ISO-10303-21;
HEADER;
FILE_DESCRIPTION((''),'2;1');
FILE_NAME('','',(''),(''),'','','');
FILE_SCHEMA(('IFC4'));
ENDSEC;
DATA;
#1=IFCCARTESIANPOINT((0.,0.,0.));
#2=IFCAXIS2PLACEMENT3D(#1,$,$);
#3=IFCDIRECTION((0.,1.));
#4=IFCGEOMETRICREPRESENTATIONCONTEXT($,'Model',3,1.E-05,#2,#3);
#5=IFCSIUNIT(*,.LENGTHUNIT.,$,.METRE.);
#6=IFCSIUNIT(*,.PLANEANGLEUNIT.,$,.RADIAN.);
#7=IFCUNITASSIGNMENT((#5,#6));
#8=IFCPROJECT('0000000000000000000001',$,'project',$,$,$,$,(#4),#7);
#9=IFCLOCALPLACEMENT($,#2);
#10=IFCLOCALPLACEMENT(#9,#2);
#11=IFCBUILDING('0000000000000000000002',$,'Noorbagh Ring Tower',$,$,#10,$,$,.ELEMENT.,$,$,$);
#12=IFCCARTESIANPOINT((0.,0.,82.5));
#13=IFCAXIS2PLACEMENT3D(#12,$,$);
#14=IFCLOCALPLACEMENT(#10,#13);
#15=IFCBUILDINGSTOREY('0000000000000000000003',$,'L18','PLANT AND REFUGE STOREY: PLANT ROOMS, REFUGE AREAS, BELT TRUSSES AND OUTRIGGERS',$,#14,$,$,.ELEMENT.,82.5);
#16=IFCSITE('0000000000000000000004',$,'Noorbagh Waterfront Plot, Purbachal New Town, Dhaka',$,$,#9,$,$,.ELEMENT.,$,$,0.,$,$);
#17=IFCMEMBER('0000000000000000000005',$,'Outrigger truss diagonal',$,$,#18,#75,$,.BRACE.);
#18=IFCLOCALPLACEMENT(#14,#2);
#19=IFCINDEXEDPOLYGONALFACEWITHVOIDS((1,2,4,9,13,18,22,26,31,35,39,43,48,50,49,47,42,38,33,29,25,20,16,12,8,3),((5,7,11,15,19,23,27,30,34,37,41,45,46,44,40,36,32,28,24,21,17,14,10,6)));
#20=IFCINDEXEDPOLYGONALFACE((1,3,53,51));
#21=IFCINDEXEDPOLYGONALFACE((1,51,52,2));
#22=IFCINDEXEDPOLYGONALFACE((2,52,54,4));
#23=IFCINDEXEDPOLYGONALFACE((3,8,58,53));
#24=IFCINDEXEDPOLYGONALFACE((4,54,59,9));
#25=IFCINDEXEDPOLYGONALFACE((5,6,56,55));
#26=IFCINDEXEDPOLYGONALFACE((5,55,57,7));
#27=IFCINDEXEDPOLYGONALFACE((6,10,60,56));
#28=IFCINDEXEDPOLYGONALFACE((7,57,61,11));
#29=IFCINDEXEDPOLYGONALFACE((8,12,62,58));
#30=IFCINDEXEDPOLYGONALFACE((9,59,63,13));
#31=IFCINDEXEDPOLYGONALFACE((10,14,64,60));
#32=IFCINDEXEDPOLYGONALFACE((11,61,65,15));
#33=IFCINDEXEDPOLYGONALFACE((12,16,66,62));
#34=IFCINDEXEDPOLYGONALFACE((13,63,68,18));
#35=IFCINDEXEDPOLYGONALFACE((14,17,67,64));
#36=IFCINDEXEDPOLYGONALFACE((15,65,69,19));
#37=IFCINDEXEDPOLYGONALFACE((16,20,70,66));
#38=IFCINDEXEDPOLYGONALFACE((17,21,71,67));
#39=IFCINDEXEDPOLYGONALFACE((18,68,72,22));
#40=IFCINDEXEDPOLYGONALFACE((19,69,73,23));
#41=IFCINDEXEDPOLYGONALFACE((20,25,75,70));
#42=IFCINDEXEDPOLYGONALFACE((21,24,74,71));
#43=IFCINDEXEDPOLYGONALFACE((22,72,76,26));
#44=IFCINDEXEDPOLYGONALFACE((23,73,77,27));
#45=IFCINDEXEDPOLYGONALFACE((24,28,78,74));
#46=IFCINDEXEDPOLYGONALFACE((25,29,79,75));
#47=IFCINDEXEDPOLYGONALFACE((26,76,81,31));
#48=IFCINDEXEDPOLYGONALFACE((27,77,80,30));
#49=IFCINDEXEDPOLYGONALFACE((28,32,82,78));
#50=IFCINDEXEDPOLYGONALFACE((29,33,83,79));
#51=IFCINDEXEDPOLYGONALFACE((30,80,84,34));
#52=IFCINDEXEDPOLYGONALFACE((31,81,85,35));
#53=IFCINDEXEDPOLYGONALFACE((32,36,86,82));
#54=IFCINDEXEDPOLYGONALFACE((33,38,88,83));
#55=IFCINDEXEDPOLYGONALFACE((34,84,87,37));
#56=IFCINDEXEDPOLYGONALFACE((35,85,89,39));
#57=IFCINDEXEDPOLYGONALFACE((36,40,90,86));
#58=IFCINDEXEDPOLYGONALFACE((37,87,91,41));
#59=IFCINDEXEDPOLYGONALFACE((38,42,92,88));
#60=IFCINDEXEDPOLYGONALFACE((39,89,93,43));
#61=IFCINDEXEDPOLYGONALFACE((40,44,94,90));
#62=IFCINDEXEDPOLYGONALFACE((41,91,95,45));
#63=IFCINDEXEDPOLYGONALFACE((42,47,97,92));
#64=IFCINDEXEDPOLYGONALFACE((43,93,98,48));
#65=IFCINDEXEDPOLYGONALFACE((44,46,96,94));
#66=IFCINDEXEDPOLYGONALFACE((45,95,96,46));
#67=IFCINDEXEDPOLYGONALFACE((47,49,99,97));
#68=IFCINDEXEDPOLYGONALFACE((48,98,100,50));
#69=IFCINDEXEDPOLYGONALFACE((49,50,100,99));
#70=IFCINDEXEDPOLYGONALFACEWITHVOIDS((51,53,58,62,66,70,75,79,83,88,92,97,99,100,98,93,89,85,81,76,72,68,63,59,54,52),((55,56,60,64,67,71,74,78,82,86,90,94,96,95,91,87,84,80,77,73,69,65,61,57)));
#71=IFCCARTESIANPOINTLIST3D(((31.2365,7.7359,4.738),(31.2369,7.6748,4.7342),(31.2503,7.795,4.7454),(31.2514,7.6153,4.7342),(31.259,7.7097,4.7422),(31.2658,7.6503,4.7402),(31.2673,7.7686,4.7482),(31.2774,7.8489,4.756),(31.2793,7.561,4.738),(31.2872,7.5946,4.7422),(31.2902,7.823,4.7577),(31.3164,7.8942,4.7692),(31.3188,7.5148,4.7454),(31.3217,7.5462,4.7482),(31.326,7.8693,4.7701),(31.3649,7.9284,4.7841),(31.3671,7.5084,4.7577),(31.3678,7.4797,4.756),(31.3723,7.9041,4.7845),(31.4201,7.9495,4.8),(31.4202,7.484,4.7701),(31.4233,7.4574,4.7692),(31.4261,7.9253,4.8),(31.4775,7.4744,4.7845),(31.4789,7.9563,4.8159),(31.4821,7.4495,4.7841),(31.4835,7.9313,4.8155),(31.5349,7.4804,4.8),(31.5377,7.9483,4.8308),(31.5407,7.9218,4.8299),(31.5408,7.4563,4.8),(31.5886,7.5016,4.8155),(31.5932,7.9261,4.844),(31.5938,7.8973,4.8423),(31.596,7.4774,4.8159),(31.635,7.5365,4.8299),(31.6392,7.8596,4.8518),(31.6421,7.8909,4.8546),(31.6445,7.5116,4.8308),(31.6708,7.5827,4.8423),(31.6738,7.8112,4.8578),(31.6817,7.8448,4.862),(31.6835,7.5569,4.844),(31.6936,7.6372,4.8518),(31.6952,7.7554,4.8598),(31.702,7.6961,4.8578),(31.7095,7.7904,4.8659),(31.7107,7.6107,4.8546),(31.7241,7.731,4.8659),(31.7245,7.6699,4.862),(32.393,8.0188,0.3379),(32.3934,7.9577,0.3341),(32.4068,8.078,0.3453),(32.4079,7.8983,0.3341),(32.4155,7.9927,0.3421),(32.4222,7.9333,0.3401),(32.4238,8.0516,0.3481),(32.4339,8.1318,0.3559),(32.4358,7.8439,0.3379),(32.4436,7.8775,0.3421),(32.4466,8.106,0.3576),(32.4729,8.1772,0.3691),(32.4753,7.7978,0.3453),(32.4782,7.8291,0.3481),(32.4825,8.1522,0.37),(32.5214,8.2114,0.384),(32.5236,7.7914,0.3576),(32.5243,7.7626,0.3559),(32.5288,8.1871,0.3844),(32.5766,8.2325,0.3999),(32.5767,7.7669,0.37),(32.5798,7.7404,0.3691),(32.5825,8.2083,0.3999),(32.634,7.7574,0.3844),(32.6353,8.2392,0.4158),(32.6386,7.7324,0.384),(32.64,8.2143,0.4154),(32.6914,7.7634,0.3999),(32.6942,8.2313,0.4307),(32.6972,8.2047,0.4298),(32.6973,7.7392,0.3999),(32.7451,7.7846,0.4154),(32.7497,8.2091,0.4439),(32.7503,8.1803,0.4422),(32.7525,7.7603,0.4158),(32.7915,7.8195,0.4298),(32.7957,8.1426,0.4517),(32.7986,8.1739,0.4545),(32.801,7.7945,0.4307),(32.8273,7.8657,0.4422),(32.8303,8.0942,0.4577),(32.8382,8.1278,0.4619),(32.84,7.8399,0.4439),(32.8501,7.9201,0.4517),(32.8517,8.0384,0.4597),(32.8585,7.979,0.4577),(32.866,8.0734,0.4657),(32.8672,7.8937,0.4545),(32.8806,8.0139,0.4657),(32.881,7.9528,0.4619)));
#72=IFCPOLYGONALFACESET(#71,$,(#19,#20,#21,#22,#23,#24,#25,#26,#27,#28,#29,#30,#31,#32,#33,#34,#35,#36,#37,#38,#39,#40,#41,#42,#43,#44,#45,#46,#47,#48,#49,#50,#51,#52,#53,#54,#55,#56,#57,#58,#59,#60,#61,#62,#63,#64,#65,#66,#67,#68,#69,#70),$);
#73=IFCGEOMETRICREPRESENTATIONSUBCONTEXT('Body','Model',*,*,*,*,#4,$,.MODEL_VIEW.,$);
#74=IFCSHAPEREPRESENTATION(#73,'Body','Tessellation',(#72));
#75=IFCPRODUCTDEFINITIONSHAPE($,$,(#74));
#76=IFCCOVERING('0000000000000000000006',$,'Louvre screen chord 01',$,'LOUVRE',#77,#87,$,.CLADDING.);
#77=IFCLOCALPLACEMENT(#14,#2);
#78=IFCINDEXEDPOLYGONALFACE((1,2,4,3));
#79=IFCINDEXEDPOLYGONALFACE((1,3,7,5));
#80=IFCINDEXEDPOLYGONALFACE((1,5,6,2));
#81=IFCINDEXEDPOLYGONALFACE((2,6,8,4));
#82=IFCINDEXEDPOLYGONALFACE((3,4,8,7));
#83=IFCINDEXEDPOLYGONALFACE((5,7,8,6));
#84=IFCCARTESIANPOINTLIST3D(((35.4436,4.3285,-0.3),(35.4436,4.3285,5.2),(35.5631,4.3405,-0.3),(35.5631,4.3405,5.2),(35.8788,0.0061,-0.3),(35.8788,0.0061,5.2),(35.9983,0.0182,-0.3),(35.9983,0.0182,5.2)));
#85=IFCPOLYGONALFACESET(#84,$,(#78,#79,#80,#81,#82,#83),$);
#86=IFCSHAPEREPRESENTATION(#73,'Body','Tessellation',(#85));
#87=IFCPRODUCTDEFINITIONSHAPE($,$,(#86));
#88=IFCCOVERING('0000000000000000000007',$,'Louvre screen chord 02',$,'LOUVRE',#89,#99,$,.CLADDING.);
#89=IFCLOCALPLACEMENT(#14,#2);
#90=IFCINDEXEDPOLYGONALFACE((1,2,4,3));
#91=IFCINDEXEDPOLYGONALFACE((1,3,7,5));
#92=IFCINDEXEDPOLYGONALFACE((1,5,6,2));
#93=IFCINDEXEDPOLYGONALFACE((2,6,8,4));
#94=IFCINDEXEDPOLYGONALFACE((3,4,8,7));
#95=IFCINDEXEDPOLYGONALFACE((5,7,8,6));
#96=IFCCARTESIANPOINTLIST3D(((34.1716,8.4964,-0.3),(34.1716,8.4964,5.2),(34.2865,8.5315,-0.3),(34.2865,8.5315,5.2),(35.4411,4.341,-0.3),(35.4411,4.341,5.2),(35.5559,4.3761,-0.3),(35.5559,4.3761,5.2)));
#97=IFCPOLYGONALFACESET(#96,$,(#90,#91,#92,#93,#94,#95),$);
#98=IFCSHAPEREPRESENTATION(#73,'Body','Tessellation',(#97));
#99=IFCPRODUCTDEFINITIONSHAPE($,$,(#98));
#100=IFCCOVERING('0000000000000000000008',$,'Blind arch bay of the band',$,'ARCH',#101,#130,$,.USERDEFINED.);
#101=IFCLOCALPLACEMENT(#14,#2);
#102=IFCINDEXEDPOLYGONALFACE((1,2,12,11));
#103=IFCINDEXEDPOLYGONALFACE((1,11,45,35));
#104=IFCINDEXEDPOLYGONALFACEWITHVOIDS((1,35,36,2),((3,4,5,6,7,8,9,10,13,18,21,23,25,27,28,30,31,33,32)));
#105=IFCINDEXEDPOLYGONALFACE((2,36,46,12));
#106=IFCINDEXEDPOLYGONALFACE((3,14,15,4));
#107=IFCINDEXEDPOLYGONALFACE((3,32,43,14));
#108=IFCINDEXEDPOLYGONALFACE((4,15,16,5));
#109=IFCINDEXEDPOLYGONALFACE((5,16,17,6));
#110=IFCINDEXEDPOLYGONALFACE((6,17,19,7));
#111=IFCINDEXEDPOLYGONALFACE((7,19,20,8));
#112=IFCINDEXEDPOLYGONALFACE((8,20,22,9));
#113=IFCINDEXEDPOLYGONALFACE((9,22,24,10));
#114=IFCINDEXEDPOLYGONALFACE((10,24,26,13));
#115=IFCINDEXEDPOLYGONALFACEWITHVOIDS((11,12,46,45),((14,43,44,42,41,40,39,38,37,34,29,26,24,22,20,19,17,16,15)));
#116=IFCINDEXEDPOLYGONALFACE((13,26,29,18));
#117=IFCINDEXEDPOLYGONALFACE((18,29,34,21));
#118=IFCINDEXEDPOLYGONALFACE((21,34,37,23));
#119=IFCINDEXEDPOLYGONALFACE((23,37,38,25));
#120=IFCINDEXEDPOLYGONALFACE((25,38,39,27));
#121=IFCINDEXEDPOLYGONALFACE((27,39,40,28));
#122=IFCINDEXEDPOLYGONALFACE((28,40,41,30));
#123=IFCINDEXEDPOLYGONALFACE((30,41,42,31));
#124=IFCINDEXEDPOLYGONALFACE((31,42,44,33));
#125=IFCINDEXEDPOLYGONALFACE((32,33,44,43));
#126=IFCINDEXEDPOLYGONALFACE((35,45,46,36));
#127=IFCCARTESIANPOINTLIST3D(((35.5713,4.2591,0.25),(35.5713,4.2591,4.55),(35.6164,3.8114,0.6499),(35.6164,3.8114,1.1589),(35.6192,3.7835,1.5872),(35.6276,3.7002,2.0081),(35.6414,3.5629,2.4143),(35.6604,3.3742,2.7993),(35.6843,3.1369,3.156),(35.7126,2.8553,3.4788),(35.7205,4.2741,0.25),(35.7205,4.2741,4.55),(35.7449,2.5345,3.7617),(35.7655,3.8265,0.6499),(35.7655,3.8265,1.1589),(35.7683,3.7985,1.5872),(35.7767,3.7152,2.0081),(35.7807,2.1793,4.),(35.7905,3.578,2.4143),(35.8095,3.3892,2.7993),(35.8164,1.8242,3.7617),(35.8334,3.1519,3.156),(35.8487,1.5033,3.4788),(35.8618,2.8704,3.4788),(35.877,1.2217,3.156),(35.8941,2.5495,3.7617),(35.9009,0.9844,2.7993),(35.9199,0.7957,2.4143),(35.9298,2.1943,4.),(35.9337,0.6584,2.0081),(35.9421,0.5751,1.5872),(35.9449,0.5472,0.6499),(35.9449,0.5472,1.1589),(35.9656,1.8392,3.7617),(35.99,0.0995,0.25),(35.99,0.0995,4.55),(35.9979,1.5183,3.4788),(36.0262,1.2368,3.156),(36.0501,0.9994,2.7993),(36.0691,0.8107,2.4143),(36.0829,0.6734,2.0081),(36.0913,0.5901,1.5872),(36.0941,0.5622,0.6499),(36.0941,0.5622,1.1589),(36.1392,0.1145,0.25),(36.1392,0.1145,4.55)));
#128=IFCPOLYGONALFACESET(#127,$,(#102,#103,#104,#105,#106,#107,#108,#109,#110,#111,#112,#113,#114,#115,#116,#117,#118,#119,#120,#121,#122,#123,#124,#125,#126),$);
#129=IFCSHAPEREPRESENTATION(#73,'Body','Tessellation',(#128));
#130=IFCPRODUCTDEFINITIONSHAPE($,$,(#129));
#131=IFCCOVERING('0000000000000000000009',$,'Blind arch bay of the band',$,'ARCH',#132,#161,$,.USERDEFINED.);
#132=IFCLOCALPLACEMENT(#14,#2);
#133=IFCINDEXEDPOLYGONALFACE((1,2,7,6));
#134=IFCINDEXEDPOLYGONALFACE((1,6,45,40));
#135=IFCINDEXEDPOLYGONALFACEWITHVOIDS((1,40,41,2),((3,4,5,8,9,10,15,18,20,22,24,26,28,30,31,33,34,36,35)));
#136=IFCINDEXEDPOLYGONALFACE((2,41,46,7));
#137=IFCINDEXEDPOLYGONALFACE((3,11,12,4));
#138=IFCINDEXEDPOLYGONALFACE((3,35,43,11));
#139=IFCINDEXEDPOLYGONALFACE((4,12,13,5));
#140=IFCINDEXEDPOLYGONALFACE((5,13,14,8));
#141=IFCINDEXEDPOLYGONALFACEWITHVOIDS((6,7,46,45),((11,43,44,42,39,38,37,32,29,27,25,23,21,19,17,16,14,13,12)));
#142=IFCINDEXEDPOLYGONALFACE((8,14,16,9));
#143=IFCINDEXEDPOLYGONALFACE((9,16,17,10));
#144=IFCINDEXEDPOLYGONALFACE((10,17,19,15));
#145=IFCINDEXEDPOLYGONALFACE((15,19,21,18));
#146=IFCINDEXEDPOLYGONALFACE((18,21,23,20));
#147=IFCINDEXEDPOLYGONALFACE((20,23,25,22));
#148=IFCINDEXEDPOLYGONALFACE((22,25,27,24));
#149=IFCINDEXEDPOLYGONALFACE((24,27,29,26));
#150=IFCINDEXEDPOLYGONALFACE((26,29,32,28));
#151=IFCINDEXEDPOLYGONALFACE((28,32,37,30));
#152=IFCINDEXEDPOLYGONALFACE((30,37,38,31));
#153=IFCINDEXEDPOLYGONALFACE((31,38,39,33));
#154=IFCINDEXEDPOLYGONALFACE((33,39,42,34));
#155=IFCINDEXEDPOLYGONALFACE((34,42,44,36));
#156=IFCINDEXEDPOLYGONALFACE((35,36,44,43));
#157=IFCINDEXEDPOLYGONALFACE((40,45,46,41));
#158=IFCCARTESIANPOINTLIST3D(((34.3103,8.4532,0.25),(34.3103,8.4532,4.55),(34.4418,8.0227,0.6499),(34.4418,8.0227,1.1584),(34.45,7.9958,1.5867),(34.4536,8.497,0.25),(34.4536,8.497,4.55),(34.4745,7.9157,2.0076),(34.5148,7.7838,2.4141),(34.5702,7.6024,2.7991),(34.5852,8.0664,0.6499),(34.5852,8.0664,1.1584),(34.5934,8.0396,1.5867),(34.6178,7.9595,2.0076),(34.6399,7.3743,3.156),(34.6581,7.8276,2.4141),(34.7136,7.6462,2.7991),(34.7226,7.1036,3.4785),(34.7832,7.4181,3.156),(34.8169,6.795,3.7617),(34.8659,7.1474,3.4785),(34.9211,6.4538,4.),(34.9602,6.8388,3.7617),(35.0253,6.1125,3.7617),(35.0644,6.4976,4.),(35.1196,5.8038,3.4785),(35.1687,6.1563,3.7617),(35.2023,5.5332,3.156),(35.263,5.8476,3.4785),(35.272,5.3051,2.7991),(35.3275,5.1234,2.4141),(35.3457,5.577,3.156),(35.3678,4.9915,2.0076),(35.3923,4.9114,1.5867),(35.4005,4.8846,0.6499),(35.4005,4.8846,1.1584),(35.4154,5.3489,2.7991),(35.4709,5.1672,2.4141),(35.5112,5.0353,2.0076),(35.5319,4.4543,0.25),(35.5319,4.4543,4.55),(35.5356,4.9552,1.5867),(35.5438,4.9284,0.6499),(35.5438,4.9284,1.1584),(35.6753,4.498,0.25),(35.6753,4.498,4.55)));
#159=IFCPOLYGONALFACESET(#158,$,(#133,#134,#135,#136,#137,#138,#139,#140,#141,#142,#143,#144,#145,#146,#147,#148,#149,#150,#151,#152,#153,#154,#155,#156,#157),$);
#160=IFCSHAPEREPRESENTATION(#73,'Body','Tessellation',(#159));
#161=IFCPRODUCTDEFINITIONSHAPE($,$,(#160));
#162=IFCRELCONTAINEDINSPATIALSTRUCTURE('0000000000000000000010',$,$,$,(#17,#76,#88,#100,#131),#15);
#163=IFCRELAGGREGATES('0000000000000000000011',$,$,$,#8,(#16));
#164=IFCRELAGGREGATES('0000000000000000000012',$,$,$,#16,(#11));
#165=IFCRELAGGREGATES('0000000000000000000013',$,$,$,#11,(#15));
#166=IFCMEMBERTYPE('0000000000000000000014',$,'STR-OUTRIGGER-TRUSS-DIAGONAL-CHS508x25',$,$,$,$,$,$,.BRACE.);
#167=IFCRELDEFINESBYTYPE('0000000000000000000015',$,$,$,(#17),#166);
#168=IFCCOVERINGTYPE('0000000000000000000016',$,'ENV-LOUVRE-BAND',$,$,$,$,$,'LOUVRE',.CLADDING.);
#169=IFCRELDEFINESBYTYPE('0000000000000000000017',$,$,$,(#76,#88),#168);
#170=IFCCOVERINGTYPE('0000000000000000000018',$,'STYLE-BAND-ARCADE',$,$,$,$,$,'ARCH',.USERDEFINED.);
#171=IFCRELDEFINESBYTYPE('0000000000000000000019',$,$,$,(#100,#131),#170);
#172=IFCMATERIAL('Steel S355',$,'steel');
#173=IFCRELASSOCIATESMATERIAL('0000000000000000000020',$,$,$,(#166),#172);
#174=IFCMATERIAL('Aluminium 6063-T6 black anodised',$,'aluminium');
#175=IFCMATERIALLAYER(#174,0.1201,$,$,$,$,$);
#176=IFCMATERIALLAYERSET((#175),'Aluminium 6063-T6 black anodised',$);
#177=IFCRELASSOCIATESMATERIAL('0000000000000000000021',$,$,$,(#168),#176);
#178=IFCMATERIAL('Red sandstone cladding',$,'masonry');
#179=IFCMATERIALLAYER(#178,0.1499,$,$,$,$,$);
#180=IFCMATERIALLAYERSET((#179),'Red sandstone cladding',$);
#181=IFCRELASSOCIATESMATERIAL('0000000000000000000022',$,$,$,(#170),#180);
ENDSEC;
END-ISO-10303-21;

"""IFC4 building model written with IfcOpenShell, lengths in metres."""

from ifc_helpers import new_model, si_unit, direction, frame, origin, origin_2d, place, context, subcontext, project, spatial, polyline, rectangle, hollow_circle, outline, extrude, material, layer, layer_set, material_profile, profile_set, type_object, element, save


model = new_model("IFC4")

# Units and contexts
model_context = context("Model", 3, precision=1e-05, world=origin(), true_north=direction((0.0, 1.0)))
body_context = subcontext(model_context, "Body", "Model", "MODEL_VIEW")
ifc_project = project(units=[si_unit("LENGTHUNIT", "METRE"), si_unit("PLANEANGLEUNIT", "RADIAN")], contexts=[model_context])

# Site, building, storey
site_placement = place(None, origin())
site = spatial("IfcSite", under=ifc_project, at=site_placement, Name="Noorbagh Waterfront Plot, Purbachal New Town, Dhaka", CompositionType="ELEMENT", RefElevation=0.0)
building_placement = place(site_placement, origin())
building = spatial("IfcBuilding", under=site, at=building_placement, Name="Noorbagh Ring Tower", CompositionType="ELEMENT")
storey_placement = place(building_placement, frame((0.0, 0.0, 82.5)))
storey = spatial("IfcBuildingStorey", under=building, at=storey_placement, Name="L18", Description="PLANT AND REFUGE STOREY: PLANT ROOMS, REFUGE AREAS, BELT TRUSSES AND OUTRIGGERS", CompositionType="ELEMENT", Elevation=82.5)

# Member
ifc_material_1 = material(Name="Steel S355", Category="steel")
ifc_material_profile_1 = material_profile(ifc_material_1, hollow_circle(Radius=0.2539, WallThickness=0.0249, at=origin_2d()), Name="CHS508x25")
ifc_profile_set_1 = profile_set([ifc_material_profile_1], Name="Steel S355")
member_type_1 = type_object("IfcMemberType", Name="STR-OUTRIGGER-TRUSS-DIAGONAL-CHS508x25", PredefinedType="BRACE", material=ifc_profile_set_1)
member_1_placement = place(storey_placement, frame((32.637, 7.9858, 0.3999), z_axis=(-0.253707, -0.062074, 0.965287), x_axis=(0.237659, -0.971349, 0.0)))
element("IfcMember", 1, at=member_1_placement, inside=storey, type_object=member_type_1, Name="Outrigger truss diagonal", PredefinedType="BRACE", context=body_context, shape_type="SweptSolid", body=[
    extrude(hollow_circle(Radius=0.2539, WallThickness=0.0249, at=origin_2d()), origin(), (0.0, 0.0, 1.0), 4.5583),
])

# Coverings
ifc_material_2 = material(Name="Aluminium 6063-T6 black anodised", Category="aluminium")
ifc_layer_1 = layer(ifc_material_2, 0.1201)
ifc_layer_set_1 = layer_set([ifc_layer_1], Name="Aluminium 6063-T6 black anodised")
covering_type_1 = type_object("IfcCoveringType", Name="ENV-LOUVRE-BAND", ElementType="LOUVRE", PredefinedType="CLADDING", material=ifc_layer_set_1)
covering_1_placement = place(storey_placement, frame((35.7209, 2.1733, -0.3), z_axis=(0.0, 0.0, 1.0), x_axis=(-0.100178, 0.99497, 0.0)))
element("IfcCovering", 2, at=covering_1_placement, inside=storey, type_object=covering_type_1, Name="Louvre screen chord 01", ObjectType="LOUVRE", PredefinedType="CLADDING", context=body_context, shape_type="SweptSolid", body=[
    extrude(rectangle(XDim=4.3442, YDim=0.1201, at=origin_2d()), origin(), (0.0, 0.0, 1.0), 5.5),
])
covering_2_placement = place(storey_placement, frame((34.8638, 6.4363, -0.3), z_axis=(0.0, 0.0, 1.0), x_axis=(-0.29217, 0.956366, 0.0)))
element("IfcCovering", 3, at=covering_2_placement, inside=storey, type_object=covering_type_1, Name="Louvre screen chord 02", ObjectType="LOUVRE", PredefinedType="CLADDING", context=body_context, shape_type="SweptSolid", body=[
    extrude(rectangle(XDim=4.345, YDim=0.1201, at=origin_2d()), origin(), (0.0, 0.0, 1.0), 5.5),
])
ifc_material_3 = material(Name="Red sandstone cladding", Category="masonry")
ifc_layer_2 = layer(ifc_material_3, 0.1499)
ifc_layer_set_2 = layer_set([ifc_layer_2], Name="Red sandstone cladding")
covering_type_2 = type_object("IfcCoveringType", Name="STYLE-BAND-ARCADE", ElementType="ARCH", PredefinedType="USERDEFINED", material=ifc_layer_set_2)
covering_3_placement = place(storey_placement, frame((36.1392, 0.1145, 0.25), z_axis=(0.994972, 0.100151, 0.0), x_axis=(-0.100151, 0.994972, 0.0)))
element("IfcCovering", 4, at=covering_3_placement, inside=storey, type_object=covering_type_2, Name="Blind arch bay of the band", ObjectType="ARCH", PredefinedType="USERDEFINED", context=body_context, shape_type="SweptSolid", body=[
    extrude(outline(polyline([(0.0, 0.0), (4.1807, 0.0), (4.1807, 4.3), (0.0, 4.3), (0.0, 0.0)]), holes=[polyline([(0.45, 0.3999), (0.45, 0.9089), (0.478, 1.3372), (0.5618, 1.7581), (0.6997, 2.1643), (0.8894, 2.5493), (1.1279, 2.906), (1.4109, 3.2288), (1.7334, 3.5117), (2.0903, 3.75), (2.4473, 3.5117), (2.7698, 3.2288), (3.0527, 2.906), (3.2913, 2.5493), (3.481, 2.1643), (3.6189, 1.7581), (3.7026, 1.3372), (3.7307, 0.9089), (3.7307, 0.3999), (0.45, 0.3999)])]), origin(), (0.0, 0.0, -1.0), 0.1499),
])
covering_4_placement = place(storey_placement, frame((35.6753, 4.498, 0.25), z_axis=(0.956368, 0.292165, 0.0), x_axis=(-0.292165, 0.956368, 0.0)))
element("IfcCovering", 5, at=covering_4_placement, inside=storey, type_object=covering_type_2, Name="Blind arch bay of the band", ObjectType="ARCH", PredefinedType="USERDEFINED", context=body_context, shape_type="SweptSolid", body=[
    extrude(outline(polyline([(0.0, 0.0), (4.1814, 0.0), (4.1814, 4.3), (0.0, 4.3), (0.0, 0.0)]), holes=[polyline([(0.45, 0.3999), (0.45, 0.9084), (0.478, 1.3367), (0.5618, 1.7576), (0.6997, 2.1641), (0.8896, 2.5491), (1.1282, 2.906), (1.4111, 3.2285), (1.7339, 3.5117), (2.0908, 3.75), (2.4475, 3.5117), (2.7703, 3.2285), (3.0532, 2.906), (3.2917, 2.5491), (3.4814, 2.1641), (3.6194, 1.7576), (3.7031, 1.3367), (3.7312, 0.9084), (3.7312, 0.3999), (0.45, 0.3999)])]), origin(), (0.0, 0.0, -1.0), 0.1499),
])

save(model, "model.ifc")
